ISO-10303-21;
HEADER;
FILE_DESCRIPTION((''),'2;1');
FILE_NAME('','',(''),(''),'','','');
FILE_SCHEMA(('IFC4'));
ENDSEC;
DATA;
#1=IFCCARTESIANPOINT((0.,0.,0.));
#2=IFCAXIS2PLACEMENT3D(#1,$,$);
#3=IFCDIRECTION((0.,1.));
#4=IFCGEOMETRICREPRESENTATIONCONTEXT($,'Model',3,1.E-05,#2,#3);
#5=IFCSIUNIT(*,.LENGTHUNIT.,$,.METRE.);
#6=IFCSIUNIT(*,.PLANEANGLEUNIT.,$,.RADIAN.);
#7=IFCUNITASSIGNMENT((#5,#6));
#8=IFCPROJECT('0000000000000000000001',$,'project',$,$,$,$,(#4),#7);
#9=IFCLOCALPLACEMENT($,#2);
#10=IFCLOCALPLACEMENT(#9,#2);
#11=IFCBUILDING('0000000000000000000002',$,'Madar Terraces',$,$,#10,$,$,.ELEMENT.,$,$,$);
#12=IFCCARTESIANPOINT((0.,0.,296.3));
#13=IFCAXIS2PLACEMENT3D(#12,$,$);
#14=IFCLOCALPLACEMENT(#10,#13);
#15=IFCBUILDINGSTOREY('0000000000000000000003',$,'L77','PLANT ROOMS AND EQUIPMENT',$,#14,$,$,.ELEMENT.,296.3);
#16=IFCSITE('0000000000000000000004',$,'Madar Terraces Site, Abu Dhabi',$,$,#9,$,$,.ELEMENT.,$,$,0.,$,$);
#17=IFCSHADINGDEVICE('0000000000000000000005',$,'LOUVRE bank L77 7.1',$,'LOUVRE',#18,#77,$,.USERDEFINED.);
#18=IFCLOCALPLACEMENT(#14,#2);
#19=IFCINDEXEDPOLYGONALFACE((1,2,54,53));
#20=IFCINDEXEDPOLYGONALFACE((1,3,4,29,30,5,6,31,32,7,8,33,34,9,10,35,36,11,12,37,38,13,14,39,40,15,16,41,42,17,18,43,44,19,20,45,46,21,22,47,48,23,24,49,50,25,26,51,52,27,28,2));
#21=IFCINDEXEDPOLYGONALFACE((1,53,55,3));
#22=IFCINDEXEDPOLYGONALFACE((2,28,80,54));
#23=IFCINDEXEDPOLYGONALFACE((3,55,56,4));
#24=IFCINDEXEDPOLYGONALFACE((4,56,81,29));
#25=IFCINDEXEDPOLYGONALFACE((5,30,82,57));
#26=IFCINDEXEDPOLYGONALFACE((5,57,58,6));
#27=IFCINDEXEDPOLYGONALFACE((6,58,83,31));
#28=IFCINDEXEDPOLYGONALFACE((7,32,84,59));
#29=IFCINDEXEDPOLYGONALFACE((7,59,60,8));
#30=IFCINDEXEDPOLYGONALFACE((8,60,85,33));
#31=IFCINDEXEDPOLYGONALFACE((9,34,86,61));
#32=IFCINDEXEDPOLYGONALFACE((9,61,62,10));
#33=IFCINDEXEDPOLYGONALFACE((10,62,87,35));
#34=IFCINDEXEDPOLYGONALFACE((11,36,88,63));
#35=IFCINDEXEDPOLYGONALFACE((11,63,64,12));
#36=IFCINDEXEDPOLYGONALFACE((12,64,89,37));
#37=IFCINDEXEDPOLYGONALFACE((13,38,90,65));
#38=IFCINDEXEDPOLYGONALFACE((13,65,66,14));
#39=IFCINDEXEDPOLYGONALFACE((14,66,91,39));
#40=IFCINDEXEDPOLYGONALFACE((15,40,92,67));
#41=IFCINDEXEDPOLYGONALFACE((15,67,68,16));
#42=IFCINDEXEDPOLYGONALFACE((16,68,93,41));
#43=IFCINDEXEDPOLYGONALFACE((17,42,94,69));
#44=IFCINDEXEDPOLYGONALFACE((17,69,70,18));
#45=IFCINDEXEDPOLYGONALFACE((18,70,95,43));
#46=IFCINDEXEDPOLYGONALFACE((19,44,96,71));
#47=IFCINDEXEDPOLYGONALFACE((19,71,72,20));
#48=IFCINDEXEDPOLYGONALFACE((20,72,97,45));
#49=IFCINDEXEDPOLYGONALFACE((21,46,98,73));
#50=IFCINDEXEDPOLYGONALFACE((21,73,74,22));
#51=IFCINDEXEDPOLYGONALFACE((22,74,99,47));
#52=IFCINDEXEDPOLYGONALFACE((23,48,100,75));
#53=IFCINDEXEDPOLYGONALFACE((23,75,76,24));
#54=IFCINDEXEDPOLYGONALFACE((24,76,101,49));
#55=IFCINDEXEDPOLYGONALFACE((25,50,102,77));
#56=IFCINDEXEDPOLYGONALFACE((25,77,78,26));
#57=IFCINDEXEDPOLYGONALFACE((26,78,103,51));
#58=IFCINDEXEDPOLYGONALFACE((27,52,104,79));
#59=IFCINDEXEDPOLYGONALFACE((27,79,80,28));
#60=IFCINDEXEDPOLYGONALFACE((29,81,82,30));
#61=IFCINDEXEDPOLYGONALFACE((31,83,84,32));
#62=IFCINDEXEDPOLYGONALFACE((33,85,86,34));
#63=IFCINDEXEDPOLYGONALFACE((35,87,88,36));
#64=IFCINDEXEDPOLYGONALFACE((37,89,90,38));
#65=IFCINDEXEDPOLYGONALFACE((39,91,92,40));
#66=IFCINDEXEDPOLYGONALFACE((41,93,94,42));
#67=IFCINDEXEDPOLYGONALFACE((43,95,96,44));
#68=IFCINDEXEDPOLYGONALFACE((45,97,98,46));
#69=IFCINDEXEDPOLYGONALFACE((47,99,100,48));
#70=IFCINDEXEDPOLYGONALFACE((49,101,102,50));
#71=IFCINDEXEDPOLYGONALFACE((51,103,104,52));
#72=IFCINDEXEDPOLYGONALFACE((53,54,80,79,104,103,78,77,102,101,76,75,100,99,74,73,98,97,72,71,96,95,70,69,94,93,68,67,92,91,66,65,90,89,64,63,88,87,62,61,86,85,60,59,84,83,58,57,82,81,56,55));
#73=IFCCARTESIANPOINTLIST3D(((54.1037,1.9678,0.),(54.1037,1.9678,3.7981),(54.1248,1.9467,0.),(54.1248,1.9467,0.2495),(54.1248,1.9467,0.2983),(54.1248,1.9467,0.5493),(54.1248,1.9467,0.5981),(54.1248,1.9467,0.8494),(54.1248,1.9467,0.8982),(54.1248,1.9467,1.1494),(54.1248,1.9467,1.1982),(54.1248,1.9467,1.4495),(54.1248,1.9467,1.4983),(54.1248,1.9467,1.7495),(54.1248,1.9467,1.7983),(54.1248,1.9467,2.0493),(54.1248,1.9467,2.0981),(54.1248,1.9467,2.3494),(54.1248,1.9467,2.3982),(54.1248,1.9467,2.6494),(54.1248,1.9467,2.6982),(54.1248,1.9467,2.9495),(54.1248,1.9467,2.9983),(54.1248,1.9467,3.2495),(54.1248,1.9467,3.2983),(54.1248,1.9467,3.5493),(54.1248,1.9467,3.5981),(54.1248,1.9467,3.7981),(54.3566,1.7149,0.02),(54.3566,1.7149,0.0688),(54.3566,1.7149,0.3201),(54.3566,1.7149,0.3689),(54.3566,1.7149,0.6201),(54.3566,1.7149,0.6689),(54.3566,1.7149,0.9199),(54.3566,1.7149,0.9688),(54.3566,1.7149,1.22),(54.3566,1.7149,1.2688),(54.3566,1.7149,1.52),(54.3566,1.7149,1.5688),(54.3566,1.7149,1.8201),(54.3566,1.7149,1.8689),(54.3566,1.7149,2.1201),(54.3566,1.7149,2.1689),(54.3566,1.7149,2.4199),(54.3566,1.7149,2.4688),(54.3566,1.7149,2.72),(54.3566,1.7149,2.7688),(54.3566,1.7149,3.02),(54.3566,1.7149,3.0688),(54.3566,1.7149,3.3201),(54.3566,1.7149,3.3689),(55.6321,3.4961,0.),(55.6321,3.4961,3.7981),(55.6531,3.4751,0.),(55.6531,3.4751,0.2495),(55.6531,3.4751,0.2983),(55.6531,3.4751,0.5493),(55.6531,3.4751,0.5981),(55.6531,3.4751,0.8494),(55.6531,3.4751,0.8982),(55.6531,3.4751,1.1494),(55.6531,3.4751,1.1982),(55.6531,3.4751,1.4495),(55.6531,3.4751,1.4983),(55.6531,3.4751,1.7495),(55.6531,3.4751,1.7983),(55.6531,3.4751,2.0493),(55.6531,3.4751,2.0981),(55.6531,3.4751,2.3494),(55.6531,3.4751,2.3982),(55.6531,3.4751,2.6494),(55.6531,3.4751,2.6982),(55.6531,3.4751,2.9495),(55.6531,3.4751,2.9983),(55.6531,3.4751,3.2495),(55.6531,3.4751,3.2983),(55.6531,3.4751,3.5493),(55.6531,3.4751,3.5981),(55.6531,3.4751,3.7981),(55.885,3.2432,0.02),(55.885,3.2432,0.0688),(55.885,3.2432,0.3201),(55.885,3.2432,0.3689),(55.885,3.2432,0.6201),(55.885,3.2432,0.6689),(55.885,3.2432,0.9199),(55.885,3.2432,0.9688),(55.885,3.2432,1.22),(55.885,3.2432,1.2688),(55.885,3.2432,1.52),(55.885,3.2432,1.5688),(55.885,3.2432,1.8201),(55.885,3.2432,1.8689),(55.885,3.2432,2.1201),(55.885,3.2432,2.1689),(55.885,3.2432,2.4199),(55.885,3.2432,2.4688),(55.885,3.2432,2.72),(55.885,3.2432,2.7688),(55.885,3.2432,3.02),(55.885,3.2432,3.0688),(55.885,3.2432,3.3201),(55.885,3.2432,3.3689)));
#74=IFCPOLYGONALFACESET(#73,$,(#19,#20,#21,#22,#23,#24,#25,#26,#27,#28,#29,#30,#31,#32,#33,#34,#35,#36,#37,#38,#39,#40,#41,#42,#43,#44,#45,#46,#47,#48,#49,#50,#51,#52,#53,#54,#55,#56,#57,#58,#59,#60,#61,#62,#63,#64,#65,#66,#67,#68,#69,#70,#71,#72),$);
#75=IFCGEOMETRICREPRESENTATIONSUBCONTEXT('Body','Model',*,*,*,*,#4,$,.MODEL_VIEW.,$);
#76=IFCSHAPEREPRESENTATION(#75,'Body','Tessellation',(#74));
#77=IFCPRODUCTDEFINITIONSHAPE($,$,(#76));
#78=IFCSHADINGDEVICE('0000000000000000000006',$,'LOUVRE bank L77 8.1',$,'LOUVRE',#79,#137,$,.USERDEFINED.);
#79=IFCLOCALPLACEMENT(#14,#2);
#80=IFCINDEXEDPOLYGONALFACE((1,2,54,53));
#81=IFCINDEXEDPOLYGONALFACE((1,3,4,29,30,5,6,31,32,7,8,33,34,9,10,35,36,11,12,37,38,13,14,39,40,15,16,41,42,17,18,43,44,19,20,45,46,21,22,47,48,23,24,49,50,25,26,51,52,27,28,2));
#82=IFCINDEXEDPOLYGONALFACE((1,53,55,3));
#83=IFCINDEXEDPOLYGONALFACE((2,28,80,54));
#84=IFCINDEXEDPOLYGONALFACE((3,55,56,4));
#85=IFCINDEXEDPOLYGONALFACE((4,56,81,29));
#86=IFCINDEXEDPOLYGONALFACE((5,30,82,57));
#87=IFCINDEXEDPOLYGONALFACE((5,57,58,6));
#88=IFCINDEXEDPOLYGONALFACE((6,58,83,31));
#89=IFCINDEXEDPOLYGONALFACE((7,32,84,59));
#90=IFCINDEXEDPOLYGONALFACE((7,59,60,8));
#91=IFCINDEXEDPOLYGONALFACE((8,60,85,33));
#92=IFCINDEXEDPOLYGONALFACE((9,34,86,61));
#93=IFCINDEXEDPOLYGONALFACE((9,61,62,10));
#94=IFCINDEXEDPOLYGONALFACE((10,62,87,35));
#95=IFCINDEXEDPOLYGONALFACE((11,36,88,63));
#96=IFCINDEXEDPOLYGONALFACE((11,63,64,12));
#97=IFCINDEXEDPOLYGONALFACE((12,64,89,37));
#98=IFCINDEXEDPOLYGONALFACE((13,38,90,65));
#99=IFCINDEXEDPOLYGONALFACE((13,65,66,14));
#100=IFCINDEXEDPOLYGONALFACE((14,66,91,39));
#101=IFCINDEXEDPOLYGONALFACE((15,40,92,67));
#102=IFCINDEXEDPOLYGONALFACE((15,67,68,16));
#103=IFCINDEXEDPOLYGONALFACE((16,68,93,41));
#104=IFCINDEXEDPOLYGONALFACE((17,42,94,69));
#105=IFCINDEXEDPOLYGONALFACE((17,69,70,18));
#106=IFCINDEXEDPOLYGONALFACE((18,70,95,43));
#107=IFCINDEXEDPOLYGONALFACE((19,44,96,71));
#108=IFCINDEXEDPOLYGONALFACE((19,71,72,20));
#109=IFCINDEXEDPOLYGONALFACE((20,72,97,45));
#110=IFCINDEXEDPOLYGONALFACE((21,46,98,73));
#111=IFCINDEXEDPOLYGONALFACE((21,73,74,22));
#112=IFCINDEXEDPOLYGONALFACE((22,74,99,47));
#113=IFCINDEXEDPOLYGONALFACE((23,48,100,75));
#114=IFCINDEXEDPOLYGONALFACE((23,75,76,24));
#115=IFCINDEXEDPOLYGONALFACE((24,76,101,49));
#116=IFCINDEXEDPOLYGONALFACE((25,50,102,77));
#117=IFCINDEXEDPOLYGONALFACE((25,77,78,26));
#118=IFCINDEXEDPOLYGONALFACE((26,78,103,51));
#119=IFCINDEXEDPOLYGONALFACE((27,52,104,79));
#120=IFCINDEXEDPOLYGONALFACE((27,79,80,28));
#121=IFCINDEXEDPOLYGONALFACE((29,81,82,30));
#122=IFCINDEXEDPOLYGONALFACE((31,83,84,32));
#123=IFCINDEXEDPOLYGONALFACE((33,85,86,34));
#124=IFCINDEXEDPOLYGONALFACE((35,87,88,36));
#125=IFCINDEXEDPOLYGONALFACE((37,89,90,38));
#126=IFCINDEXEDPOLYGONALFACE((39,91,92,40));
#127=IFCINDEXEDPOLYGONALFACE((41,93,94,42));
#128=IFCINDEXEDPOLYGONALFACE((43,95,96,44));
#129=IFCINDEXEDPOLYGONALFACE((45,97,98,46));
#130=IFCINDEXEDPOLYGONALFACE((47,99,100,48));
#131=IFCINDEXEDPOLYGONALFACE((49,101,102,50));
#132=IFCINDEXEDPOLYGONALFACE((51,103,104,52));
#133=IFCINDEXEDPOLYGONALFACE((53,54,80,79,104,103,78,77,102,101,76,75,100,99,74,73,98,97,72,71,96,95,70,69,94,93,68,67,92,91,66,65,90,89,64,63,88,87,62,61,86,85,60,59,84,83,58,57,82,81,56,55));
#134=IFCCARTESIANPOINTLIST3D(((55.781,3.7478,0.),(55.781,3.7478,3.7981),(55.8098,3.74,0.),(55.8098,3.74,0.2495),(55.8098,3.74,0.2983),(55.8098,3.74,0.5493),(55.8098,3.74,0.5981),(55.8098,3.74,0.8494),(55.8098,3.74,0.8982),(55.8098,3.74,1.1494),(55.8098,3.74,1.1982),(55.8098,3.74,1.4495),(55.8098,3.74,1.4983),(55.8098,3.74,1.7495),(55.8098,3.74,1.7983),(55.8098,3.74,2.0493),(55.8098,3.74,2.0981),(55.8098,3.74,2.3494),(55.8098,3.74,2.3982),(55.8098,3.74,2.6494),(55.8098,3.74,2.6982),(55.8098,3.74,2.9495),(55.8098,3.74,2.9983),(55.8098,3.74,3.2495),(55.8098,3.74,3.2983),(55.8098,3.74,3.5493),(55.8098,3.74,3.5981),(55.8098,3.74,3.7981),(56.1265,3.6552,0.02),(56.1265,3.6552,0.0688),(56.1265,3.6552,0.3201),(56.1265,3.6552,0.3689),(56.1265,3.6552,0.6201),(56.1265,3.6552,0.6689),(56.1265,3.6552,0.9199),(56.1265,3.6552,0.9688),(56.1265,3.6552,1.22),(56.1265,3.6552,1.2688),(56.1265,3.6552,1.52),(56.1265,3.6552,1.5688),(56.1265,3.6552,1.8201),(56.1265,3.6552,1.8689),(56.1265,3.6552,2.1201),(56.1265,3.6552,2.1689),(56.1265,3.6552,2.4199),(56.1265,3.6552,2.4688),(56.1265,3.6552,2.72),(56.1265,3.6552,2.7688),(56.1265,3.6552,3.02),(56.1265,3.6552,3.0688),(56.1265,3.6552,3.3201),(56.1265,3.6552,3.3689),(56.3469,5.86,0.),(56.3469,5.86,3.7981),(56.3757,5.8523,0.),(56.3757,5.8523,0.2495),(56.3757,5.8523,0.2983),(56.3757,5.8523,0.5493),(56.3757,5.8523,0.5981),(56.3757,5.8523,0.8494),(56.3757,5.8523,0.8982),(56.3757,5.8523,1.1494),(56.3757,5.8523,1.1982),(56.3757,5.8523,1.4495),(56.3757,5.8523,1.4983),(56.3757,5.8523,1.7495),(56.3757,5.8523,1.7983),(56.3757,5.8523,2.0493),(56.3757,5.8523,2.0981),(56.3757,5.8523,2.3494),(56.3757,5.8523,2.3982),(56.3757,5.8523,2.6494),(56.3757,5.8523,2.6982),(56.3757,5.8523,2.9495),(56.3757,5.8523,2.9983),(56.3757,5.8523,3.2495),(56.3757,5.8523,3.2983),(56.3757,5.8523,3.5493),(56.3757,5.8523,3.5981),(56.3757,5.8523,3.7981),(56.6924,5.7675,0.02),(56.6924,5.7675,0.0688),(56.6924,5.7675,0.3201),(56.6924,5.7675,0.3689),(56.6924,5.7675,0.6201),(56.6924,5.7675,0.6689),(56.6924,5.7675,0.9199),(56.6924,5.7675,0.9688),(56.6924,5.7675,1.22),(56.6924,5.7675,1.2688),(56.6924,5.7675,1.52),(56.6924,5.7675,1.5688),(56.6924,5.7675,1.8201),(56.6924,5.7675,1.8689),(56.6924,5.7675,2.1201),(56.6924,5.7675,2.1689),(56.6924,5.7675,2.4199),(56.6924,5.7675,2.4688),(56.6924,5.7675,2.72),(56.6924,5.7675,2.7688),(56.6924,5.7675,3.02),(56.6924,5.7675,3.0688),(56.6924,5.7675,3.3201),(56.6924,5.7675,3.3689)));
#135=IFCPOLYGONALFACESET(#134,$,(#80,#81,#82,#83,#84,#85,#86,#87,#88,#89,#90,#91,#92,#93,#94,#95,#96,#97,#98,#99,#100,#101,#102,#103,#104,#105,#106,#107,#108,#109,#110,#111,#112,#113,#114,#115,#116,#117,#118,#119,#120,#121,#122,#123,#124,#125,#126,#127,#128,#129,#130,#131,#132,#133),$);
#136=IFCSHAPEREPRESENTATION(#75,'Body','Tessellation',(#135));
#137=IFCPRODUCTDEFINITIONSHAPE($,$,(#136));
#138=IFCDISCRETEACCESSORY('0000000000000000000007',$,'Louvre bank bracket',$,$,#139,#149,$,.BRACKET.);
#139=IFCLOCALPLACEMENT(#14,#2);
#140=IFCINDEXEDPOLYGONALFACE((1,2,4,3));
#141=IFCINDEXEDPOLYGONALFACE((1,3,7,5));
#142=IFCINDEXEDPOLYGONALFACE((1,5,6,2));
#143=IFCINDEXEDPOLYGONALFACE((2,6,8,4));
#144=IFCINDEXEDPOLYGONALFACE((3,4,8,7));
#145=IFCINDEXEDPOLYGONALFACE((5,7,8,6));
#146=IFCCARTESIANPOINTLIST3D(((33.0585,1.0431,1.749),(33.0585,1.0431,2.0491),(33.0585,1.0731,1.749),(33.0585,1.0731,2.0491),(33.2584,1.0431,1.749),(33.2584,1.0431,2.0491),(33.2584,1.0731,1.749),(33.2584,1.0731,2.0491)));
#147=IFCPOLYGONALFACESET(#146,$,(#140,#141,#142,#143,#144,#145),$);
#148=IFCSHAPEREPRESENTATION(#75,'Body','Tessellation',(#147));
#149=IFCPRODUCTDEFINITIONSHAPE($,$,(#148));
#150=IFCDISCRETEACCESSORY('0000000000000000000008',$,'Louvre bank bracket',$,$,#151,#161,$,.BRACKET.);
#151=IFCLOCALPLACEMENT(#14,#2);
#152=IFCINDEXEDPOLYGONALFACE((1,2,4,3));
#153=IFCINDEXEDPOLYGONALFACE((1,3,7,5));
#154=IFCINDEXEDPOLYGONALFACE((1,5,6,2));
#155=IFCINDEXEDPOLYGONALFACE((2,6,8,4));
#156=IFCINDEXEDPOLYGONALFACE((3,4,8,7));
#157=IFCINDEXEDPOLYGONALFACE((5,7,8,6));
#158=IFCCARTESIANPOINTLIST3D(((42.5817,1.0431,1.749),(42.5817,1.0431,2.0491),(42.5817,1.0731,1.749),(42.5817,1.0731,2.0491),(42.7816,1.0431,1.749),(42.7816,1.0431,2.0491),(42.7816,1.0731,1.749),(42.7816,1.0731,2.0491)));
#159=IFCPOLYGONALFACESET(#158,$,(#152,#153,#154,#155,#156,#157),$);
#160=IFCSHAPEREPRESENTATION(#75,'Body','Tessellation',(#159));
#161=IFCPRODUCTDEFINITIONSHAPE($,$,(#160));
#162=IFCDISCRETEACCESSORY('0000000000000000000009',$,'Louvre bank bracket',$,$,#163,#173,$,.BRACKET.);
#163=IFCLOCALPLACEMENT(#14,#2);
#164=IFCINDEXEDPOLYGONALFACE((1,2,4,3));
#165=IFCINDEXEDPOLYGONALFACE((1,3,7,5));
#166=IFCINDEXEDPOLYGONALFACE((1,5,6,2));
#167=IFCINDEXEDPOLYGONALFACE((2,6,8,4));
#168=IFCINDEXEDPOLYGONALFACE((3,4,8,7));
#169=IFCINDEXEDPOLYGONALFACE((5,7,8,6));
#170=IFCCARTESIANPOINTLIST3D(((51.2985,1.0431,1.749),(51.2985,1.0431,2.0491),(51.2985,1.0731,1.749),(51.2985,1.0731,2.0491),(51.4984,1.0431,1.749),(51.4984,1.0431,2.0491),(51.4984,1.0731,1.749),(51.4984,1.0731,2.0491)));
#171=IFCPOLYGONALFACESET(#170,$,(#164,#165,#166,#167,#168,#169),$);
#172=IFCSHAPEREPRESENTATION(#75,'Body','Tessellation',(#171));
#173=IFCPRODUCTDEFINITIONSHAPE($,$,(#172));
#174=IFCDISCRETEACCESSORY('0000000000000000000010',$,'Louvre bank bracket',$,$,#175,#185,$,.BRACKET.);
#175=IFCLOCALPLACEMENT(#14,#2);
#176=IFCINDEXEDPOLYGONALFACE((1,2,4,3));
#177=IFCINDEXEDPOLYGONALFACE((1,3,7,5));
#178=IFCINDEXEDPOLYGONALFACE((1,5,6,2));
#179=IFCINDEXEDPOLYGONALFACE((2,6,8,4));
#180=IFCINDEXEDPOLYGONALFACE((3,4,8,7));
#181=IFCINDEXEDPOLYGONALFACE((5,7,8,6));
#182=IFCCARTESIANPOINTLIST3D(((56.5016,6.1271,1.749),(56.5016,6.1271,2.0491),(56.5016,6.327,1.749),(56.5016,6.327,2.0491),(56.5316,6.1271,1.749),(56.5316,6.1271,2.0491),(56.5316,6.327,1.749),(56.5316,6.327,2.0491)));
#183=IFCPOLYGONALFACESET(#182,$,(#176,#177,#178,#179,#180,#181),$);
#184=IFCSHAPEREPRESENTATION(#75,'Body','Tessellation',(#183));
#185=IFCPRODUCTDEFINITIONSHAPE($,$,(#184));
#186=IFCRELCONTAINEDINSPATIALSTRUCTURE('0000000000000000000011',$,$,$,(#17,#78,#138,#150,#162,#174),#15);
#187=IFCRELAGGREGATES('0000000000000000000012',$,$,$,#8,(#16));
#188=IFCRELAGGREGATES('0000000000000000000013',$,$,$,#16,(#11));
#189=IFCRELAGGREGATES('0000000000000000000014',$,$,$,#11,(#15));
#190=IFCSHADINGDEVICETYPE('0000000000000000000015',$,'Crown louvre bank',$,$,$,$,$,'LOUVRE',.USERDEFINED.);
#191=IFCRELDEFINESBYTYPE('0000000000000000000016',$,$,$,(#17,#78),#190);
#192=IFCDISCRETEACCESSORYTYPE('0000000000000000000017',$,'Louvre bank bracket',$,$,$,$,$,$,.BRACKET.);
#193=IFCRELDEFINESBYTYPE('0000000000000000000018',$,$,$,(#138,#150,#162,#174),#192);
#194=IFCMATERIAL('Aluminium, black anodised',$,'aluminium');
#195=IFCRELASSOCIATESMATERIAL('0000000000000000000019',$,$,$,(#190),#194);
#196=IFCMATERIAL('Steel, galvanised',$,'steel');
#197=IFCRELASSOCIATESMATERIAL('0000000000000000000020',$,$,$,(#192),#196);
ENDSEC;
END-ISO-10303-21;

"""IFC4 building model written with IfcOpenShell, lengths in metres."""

from ifc_helpers import new_model, si_unit, direction, frame, origin, origin_2d, place, context, subcontext, project, spatial, polyline, rectangle, outline, extrude, material, type_object, element, save


model = new_model("IFC4")

# Units and contexts
model_context = context("Model", 3, precision=1e-05, world=origin(), true_north=direction((0.0, 1.0)))
body_context = subcontext(model_context, "Body", "Model", "MODEL_VIEW")
ifc_project = project(units=[si_unit("LENGTHUNIT", "METRE"), si_unit("PLANEANGLEUNIT", "RADIAN")], contexts=[model_context])

# Site, building, storey
site_placement = place(None, origin())
site = spatial("IfcSite", under=ifc_project, at=site_placement, Name="Madar Terraces Site, Abu Dhabi", CompositionType="ELEMENT", RefElevation=0.0)
building_placement = place(site_placement, origin())
building = spatial("IfcBuilding", under=site, at=building_placement, Name="Madar Terraces", CompositionType="ELEMENT")
storey_placement = place(building_placement, frame((0.0, 0.0, 296.3)))
storey = spatial("IfcBuildingStorey", under=building, at=storey_placement, Name="L77", Description="PLANT ROOMS AND EQUIPMENT", CompositionType="ELEMENT", Elevation=296.3)

# Shading devices
ifc_material_1 = material(Name="Aluminium, black anodised", Category="aluminium")
shading_device_type = type_object("IfcShadingDeviceType", Name="Crown louvre bank", ElementType="LOUVRE", PredefinedType="USERDEFINED", material=ifc_material_1)
shading_device_1_placement = place(storey_placement, frame((54.1143, 1.9573, 0.0), z_axis=(0.707107, 0.707107, 0.0), x_axis=(-0.707107, 0.707107, 0.0)))
element("IfcShadingDevice", 1, at=shading_device_1_placement, inside=storey, type_object=shading_device_type, Name="LOUVRE bank L77 7.1", ObjectType="LOUVRE", PredefinedType="USERDEFINED", context=body_context, shape_type="SweptSolid", body=[
    extrude(outline(polyline([(0.0149, 0.0), (-0.0149, 0.0), (-0.0149, 0.2495), (-0.3428, 0.02), (-0.3428, 0.0688), (-0.0149, 0.2983), (-0.0149, 0.5493), (-0.3428, 0.3201), (-0.3428, 0.3689), (-0.0149, 0.5981), (-0.0149, 0.8494), (-0.3428, 0.6201), (-0.3428, 0.6689), (-0.0149, 0.8982), (-0.0149, 1.1494), (-0.3428, 0.9199), (-0.3428, 0.9688), (-0.0149, 1.1982), (-0.0149, 1.4495), (-0.3428, 1.22), (-0.3428, 1.2688), (-0.0149, 1.4983), (-0.0149, 1.7495), (-0.3428, 1.52), (-0.3428, 1.5688), (-0.0149, 1.7983), (-0.0149, 2.0493), (-0.3428, 1.8201), (-0.3428, 1.8689), (-0.0149, 2.0981), (-0.0149, 2.3494), (-0.3428, 2.1201), (-0.3428, 2.1689), (-0.0149, 2.3982), (-0.0149, 2.6494), (-0.3428, 2.4199), (-0.3428, 2.4688), (-0.0149, 2.6982), (-0.0149, 2.9495), (-0.3428, 2.72), (-0.3428, 2.7688), (-0.0149, 2.9983), (-0.0149, 3.2495), (-0.3428, 3.02), (-0.3428, 3.0688), (-0.0149, 3.2983), (-0.0149, 3.5493), (-0.3428, 3.3201), (-0.3428, 3.3689), (-0.0149, 3.5981), (-0.0149, 3.7981), (0.0149, 3.7981), (0.0149, 0.0)])), origin(), (0.0, 0.0, 1.0), 2.1614),
])
shading_device_2_placement = place(storey_placement, frame((55.7954, 3.7439, 0.0), z_axis=(0.258788, 0.965934, 0.0), x_axis=(-0.965934, 0.258788, 0.0)))
element("IfcShadingDevice", 2, at=shading_device_2_placement, inside=storey, type_object=shading_device_type, Name="LOUVRE bank L77 8.1", ObjectType="LOUVRE", PredefinedType="USERDEFINED", context=body_context, shape_type="SweptSolid", body=[
    extrude(outline(polyline([(0.0149, 0.0), (-0.0149, 0.0), (-0.0149, 0.2495), (-0.3428, 0.02), (-0.3428, 0.0688), (-0.0149, 0.2983), (-0.0149, 0.5493), (-0.3428, 0.3201), (-0.3428, 0.3689), (-0.0149, 0.5981), (-0.0149, 0.8494), (-0.3428, 0.6201), (-0.3428, 0.6689), (-0.0149, 0.8982), (-0.0149, 1.1494), (-0.3428, 0.9199), (-0.3428, 0.9688), (-0.0149, 1.1982), (-0.0149, 1.4495), (-0.3428, 1.22), (-0.3428, 1.2688), (-0.0149, 1.4983), (-0.0149, 1.7495), (-0.3428, 1.52), (-0.3428, 1.5688), (-0.0149, 1.7983), (-0.0149, 2.0493), (-0.3428, 1.8201), (-0.3428, 1.8689), (-0.0149, 2.0981), (-0.0149, 2.3494), (-0.3428, 2.1201), (-0.3428, 2.1689), (-0.0149, 2.3982), (-0.0149, 2.6494), (-0.3428, 2.4199), (-0.3428, 2.4688), (-0.0149, 2.6982), (-0.0149, 2.9495), (-0.3428, 2.72), (-0.3428, 2.7688), (-0.0149, 2.9983), (-0.0149, 3.2495), (-0.3428, 3.02), (-0.3428, 3.0688), (-0.0149, 3.2983), (-0.0149, 3.5493), (-0.3428, 3.3201), (-0.3428, 3.3689), (-0.0149, 3.5981), (-0.0149, 3.7981), (0.0149, 3.7981), (0.0149, 0.0)])), origin(), (0.0, 0.0, 1.0), 2.1868),
])

# Discrete accessories
ifc_material_2 = material(Name="Steel, galvanised", Category="steel")
discrete_accessory_type = type_object("IfcDiscreteAccessoryType", Name="Louvre bank bracket", PredefinedType="BRACKET", material=ifc_material_2)
for number, where, z_axis, x_axis, name in (
    (3, (33.1584, 1.0581, 1.749), (0.0, 0.0, 1.0), (1.0, 0.0, 0.0), "Louvre bank bracket"),
    (4, (42.6816, 1.0581, 1.749), (0.0, 0.0, 1.0), (1.0, 0.0, 0.0), "Louvre bank bracket"),
    (5, (51.3984, 1.0581, 1.749), (0.0, 0.0, 1.0), (1.0, 0.0, 0.0), "Louvre bank bracket"),
    (6, (56.5166, 6.2271, 1.749), (0.0, 0.0, 1.0), (0.0, 1.0, 0.0), "Louvre bank bracket"),
):
    element("IfcDiscreteAccessory", number, at=place(storey_placement, frame(where, z_axis=z_axis, x_axis=x_axis)), inside=storey, type_object=discrete_accessory_type, Name=name, PredefinedType="BRACKET", context=body_context, shape_type="SweptSolid", body=[
        extrude(rectangle(XDim=0.2, YDim=0.03, at=origin_2d()), origin(), (0.0, 0.0, 1.0), 0.3),
    ])

save(model, "model.ifc")
